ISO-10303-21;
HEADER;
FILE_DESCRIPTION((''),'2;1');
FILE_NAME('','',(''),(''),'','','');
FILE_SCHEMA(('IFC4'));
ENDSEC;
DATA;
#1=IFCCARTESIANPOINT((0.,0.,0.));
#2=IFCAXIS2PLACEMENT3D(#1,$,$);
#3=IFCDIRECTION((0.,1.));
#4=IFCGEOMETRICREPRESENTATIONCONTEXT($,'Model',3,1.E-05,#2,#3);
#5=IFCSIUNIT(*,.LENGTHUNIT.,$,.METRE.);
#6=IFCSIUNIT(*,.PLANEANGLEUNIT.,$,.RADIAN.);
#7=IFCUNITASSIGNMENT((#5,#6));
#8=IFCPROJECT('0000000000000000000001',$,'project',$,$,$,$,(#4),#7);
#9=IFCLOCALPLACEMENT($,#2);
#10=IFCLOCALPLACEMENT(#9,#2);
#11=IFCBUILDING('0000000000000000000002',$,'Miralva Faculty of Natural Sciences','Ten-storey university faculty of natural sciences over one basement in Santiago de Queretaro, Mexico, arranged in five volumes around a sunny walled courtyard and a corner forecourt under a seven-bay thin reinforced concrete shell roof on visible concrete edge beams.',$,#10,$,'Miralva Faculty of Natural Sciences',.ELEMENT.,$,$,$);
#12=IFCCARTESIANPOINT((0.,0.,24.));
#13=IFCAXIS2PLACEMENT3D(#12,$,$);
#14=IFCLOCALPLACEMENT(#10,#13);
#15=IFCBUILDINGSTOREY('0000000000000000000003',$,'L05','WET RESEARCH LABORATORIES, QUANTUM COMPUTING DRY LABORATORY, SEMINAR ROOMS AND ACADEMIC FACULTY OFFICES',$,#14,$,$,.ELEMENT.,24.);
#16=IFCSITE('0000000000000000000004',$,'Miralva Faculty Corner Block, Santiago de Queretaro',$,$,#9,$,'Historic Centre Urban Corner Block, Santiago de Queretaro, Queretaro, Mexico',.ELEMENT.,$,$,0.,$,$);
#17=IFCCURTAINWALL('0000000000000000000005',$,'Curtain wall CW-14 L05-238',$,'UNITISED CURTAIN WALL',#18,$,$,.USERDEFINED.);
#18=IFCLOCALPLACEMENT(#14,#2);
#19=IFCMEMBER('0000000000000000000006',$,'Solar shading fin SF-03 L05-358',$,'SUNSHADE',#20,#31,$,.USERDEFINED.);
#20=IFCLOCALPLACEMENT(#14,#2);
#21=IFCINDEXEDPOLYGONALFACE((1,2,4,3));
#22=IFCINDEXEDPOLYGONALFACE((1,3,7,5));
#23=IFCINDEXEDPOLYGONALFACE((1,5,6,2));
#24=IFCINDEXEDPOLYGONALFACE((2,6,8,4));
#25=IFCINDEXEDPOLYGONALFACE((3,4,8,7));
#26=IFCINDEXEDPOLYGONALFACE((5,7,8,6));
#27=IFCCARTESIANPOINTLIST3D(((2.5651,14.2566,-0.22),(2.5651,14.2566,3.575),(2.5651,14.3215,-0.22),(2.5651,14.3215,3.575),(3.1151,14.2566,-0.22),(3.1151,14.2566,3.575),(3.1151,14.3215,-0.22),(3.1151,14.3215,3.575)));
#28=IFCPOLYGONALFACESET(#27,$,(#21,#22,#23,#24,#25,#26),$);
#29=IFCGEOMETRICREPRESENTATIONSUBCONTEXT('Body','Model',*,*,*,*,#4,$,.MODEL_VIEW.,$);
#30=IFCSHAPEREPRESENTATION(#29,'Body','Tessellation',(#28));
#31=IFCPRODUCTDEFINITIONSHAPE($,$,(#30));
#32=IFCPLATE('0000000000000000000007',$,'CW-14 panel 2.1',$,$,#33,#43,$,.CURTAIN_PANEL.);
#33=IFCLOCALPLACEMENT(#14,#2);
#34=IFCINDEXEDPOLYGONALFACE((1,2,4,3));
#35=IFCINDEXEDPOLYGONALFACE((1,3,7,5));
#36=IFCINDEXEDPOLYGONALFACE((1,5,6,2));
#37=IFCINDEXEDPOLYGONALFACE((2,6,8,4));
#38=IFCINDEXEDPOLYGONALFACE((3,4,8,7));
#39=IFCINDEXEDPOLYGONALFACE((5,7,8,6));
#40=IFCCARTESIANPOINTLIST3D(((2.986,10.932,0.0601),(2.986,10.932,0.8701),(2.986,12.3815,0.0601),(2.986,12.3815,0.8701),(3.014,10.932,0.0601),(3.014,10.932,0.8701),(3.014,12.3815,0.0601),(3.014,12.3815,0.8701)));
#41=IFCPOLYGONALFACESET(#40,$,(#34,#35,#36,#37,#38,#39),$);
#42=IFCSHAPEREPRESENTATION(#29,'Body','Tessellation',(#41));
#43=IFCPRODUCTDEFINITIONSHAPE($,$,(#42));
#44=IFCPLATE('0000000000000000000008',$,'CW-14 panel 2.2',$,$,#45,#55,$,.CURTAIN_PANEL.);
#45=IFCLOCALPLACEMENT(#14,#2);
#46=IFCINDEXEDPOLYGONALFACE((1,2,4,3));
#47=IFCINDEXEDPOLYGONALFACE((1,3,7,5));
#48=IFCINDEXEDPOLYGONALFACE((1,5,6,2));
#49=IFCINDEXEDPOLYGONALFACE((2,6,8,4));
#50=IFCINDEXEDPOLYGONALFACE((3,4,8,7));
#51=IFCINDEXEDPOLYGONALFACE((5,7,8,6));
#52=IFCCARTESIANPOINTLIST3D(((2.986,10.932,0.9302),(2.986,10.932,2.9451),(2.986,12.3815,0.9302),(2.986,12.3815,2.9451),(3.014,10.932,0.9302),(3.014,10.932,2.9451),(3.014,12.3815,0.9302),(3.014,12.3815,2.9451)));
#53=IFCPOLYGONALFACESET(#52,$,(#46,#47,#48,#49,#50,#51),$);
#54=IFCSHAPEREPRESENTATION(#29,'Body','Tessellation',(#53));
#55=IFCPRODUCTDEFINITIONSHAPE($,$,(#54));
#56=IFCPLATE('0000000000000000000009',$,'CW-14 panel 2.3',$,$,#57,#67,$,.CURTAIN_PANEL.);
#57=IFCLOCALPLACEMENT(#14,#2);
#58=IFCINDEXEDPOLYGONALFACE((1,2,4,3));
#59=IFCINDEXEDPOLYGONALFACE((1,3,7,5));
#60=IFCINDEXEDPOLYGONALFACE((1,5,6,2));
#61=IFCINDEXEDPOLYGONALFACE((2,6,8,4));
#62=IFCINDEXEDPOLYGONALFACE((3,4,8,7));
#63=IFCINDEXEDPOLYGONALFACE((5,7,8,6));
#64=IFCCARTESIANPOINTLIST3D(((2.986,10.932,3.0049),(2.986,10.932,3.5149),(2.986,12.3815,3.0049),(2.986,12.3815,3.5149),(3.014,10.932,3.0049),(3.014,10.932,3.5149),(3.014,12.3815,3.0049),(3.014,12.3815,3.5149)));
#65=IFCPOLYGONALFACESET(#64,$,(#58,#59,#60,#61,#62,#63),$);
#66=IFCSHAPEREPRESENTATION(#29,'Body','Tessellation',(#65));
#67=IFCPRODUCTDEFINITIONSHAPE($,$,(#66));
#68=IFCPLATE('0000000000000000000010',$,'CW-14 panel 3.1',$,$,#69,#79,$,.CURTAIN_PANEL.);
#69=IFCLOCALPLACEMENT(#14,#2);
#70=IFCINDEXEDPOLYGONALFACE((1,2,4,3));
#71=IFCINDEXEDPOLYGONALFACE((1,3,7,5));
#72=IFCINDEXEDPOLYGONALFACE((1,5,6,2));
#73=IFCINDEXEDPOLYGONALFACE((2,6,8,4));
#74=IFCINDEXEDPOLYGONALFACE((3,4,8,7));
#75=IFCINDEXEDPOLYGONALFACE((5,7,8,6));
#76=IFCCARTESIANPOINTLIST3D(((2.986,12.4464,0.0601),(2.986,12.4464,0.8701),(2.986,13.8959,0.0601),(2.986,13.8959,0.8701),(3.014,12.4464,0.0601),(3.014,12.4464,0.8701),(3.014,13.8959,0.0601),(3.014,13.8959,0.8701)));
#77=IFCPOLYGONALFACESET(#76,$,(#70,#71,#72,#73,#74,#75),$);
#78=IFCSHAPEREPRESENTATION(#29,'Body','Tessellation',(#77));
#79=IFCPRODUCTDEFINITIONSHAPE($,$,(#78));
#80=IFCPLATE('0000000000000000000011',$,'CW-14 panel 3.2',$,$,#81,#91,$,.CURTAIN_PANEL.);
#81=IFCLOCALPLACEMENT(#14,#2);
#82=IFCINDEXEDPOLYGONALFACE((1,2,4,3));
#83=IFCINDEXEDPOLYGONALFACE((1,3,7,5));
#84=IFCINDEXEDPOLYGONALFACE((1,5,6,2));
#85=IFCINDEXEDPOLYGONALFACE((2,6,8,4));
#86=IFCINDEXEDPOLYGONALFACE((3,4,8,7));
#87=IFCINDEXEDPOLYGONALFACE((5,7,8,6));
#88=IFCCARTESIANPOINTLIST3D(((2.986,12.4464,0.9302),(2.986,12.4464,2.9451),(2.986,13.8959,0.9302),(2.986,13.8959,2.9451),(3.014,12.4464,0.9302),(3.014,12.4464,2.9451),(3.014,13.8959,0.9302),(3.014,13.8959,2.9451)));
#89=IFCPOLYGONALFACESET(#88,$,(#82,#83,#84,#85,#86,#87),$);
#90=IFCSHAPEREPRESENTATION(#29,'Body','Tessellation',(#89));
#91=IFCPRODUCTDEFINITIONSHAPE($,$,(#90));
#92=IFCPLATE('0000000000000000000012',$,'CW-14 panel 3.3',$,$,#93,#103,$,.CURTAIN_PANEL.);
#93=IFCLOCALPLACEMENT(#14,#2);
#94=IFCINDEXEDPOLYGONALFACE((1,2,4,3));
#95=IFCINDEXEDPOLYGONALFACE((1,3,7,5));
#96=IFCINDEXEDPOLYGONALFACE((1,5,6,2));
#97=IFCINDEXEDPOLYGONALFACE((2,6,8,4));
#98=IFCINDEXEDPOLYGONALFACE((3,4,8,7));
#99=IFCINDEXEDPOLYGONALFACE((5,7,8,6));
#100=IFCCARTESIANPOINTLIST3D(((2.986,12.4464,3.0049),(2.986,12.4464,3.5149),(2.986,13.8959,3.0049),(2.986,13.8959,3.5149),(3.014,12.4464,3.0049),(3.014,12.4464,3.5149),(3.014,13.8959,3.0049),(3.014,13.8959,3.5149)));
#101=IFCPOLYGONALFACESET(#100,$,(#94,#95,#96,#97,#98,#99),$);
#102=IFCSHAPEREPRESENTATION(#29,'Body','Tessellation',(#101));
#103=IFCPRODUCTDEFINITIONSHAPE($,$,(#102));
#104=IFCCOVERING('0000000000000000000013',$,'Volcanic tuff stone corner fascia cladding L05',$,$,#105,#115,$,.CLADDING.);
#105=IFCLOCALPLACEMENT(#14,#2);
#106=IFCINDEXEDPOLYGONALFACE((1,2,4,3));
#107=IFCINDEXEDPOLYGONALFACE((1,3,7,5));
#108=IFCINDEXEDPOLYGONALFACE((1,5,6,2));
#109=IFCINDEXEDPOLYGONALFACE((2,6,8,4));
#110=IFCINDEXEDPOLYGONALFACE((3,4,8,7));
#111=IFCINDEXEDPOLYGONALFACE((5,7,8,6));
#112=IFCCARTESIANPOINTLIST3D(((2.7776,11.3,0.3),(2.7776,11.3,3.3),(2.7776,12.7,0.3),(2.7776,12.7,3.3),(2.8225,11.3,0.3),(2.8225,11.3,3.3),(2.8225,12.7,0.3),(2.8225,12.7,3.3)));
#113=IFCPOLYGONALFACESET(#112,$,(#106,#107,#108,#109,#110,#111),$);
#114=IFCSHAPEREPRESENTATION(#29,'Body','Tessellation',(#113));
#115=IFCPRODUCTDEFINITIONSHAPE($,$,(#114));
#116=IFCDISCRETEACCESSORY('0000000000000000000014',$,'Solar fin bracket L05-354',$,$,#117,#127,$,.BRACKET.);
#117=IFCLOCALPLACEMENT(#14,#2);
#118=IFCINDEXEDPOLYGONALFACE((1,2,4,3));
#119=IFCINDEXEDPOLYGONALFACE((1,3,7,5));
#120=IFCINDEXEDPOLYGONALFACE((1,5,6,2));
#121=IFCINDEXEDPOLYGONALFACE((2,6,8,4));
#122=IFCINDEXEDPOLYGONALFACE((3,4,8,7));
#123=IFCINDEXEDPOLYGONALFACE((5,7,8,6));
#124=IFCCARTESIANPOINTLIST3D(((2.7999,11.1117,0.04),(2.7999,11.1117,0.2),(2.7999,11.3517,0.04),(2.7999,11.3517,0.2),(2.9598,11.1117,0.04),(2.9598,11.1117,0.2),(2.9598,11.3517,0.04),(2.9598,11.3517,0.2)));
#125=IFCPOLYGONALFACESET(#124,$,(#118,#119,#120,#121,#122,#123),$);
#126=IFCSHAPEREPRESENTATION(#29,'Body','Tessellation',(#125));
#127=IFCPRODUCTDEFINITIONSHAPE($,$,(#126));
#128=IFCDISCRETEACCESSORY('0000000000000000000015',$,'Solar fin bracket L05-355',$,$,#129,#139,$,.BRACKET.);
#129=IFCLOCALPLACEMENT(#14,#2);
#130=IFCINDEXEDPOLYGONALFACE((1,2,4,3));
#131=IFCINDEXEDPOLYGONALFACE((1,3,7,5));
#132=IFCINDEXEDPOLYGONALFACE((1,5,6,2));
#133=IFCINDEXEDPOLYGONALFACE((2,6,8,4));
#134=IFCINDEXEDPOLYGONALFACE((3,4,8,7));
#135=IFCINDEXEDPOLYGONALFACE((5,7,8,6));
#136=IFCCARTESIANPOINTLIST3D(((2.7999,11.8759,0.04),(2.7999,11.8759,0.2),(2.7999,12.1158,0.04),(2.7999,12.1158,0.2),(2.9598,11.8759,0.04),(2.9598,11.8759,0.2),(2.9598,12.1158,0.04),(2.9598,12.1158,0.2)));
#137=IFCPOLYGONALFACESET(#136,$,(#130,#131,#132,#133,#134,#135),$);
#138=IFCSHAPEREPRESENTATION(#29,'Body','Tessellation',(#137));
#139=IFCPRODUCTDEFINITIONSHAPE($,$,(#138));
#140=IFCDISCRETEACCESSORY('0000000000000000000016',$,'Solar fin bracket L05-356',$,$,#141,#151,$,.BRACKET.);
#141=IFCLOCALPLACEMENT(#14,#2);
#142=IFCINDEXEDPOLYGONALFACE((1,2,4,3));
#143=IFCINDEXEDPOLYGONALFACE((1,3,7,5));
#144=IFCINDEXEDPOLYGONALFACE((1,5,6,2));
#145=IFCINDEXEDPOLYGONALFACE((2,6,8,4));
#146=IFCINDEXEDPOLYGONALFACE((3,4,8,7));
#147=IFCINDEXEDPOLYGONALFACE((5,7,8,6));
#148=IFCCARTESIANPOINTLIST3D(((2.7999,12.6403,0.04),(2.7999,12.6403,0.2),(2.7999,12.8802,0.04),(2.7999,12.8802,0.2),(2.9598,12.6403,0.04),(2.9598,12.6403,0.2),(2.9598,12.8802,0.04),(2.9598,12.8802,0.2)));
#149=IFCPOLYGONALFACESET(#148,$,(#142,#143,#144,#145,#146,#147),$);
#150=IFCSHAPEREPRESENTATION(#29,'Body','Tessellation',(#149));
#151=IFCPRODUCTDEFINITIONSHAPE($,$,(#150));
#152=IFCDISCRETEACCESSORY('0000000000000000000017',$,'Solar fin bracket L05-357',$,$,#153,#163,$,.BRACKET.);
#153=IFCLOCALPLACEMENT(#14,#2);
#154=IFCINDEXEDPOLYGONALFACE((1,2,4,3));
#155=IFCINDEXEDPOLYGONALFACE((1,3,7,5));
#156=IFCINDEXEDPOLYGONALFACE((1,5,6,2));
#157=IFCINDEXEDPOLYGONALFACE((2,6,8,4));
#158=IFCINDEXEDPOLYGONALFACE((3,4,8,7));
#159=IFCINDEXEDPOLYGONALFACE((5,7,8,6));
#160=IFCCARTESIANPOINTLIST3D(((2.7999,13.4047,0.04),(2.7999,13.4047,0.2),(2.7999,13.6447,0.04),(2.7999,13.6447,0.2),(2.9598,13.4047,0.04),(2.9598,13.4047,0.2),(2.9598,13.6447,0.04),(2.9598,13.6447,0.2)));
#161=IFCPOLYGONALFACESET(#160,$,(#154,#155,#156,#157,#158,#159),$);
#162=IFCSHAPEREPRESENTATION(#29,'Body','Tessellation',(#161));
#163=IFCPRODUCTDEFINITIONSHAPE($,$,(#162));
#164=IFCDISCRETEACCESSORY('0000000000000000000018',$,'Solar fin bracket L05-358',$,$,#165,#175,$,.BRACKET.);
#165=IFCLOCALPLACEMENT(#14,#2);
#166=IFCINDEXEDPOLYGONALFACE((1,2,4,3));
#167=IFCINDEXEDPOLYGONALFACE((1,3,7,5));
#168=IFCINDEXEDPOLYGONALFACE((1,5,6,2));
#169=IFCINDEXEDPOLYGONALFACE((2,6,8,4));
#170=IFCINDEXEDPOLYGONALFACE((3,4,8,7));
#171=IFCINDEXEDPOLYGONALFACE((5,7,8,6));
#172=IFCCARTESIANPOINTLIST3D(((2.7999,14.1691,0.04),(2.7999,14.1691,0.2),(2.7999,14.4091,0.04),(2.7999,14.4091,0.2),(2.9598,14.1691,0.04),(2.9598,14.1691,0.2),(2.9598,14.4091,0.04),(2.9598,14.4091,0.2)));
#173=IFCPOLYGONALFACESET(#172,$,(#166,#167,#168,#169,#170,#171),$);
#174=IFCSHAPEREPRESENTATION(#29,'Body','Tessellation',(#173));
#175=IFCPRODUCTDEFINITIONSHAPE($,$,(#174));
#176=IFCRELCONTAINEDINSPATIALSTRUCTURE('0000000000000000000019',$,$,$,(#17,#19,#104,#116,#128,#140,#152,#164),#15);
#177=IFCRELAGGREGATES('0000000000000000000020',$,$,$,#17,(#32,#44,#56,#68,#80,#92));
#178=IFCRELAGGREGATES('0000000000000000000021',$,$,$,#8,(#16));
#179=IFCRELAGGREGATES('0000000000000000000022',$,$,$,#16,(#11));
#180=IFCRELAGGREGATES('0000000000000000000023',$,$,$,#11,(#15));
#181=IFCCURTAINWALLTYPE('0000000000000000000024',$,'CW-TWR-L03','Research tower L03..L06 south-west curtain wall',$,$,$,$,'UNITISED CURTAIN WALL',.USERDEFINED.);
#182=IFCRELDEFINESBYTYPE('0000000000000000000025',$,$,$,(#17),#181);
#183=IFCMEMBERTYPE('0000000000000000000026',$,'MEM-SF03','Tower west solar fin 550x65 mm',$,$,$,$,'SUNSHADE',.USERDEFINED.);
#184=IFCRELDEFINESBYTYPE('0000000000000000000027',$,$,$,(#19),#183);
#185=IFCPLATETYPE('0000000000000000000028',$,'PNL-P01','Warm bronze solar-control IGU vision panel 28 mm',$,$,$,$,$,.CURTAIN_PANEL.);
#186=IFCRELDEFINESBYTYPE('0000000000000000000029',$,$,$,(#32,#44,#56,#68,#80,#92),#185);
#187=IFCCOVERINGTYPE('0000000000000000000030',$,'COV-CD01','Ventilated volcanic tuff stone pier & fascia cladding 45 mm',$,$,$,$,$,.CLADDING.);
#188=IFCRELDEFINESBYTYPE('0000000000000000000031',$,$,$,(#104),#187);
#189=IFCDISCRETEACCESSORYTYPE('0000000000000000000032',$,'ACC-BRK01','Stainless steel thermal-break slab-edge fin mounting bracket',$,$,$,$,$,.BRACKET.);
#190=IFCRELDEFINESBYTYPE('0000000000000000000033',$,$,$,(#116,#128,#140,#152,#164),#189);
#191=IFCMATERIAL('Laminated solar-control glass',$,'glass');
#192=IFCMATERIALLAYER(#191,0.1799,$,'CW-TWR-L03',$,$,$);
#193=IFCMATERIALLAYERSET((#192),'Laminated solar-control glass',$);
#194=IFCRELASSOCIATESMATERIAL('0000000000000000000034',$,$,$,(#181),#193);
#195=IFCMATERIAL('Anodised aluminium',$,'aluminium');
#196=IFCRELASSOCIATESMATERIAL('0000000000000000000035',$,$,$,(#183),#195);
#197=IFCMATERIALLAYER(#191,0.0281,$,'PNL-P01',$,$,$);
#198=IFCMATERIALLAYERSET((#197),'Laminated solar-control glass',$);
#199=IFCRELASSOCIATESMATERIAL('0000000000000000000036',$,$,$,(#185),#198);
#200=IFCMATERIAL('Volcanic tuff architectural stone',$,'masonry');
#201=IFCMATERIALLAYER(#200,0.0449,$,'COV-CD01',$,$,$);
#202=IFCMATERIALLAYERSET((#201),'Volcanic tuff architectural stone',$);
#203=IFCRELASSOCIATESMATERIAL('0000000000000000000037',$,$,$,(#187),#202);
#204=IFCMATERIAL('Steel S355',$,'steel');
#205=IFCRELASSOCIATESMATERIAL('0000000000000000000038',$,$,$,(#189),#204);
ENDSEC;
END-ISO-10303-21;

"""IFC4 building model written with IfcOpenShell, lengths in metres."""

from ifc_helpers import new_model, si_unit, direction, frame, origin, origin_2d, place, context, subcontext, project, spatial, rectangle, extrude, material, layer, layer_set, material_profile, profile_set, type_object, element, aggregate, save


model = new_model("IFC4")

# Units and contexts
model_context = context("Model", 3, precision=1e-05, world=origin(), true_north=direction((0.0, 1.0)))
body_context = subcontext(model_context, "Body", "Model", "MODEL_VIEW")
ifc_project = project(units=[si_unit("LENGTHUNIT", "METRE"), si_unit("PLANEANGLEUNIT", "RADIAN")], contexts=[model_context])

# Site, building, storey
site_placement = place(None, origin())
site = spatial("IfcSite", under=ifc_project, at=site_placement, Name="Miralva Faculty Corner Block, Santiago de Queretaro", LongName="Historic Centre Urban Corner Block, Santiago de Queretaro, Queretaro, Mexico", CompositionType="ELEMENT", RefElevation=0.0)
building_placement = place(site_placement, origin())
building = spatial("IfcBuilding", under=site, at=building_placement, Name="Miralva Faculty of Natural Sciences", Description="Ten-storey university faculty of natural sciences over one basement in Santiago de Queretaro, Mexico, arranged in five volumes around a sunny walled courtyard and a corner forecourt under a seven-bay thin reinforced concrete shell roof on visible concrete edge beams.", LongName="Miralva Faculty of Natural Sciences", CompositionType="ELEMENT")
storey_placement = place(building_placement, frame((0.0, 0.0, 24.0)))
storey = spatial("IfcBuildingStorey", under=building, at=storey_placement, Name="L05", Description="WET RESEARCH LABORATORIES, QUANTUM COMPUTING DRY LABORATORY, SEMINAR ROOMS AND ACADEMIC FACULTY OFFICES", CompositionType="ELEMENT", Elevation=24.0)

# Curtain wall
ifc_material_1 = material(Name="Laminated solar-control glass", Category="glass")
ifc_layer_1 = layer(ifc_material_1, 0.1799, Name="CW-TWR-L03")
ifc_layer_set_1 = layer_set([ifc_layer_1], Name="Laminated solar-control glass")
curtain_wall_type = type_object("IfcCurtainWallType", Name="CW-TWR-L03", Description="Research tower L03..L06 south-west curtain wall", ElementType="UNITISED CURTAIN WALL", PredefinedType="USERDEFINED", material=ifc_layer_set_1)
curtain_wall_placement = place(storey_placement, origin())
curtain_wall = element("IfcCurtainWall", 1, at=curtain_wall_placement, inside=storey, type_object=curtain_wall_type, Name="Curtain wall CW-14 L05-238", ObjectType="UNITISED CURTAIN WALL", PredefinedType="USERDEFINED")
ifc_material_2 = material(Name="Anodised aluminium", Category="aluminium")

# Member
ifc_material_profile_1 = material_profile(ifc_material_2, rectangle(XDim=0.0649, YDim=0.55, at=origin_2d()), Name="FIN 550x65")
ifc_profile_set_1 = profile_set([ifc_material_profile_1], Name="Anodised aluminium")
member_type_1 = type_object("IfcMemberType", Name="MEM-SF03", Description="Tower west solar fin 550x65 mm", ElementType="SUNSHADE", PredefinedType="USERDEFINED", material=ifc_profile_set_1)
for number, where, z_axis, x_axis, name in (
    (2, (2.8401, 14.2891, -0.22), (0.0, 0.0, 1.0), (0.0, -1.0, 0.0), "Solar shading fin SF-03 L05-358"),
):
    element("IfcMember", number, at=place(storey_placement, frame(where, z_axis=z_axis, x_axis=x_axis)), inside=storey, type_object=member_type_1, Name=name, ObjectType="SUNSHADE", PredefinedType="USERDEFINED", context=body_context, shape_type="SweptSolid", body=[
        extrude(rectangle(XDim=0.0649, YDim=0.55, at=origin_2d()), origin(), (0.0, 0.0, 1.0), 3.7949),
    ])

# Plates
ifc_layer_2 = layer(ifc_material_1, 0.0281, Name="PNL-P01")
ifc_layer_set_2 = layer_set([ifc_layer_2], Name="Laminated solar-control glass")
plate_type = type_object("IfcPlateType", Name="PNL-P01", Description="Warm bronze solar-control IGU vision panel 28 mm", PredefinedType="CURTAIN_PANEL", material=ifc_layer_set_2)
plate_1_placement = place(storey_placement, frame((3.0, 11.6567, 0.0601), z_axis=(0.0, 0.0, 1.0), x_axis=(0.0, 1.0, 0.0)))
plate_1 = element("IfcPlate", 3, at=plate_1_placement, type_object=plate_type, Name="CW-14 panel 2.1", PredefinedType="CURTAIN_PANEL", context=body_context, shape_type="SweptSolid", body=[
    extrude(rectangle(XDim=1.4495, YDim=0.0281, at=origin_2d()), origin(), (0.0, 0.0, 1.0), 0.8101),
])
plate_2_placement = place(storey_placement, frame((3.0, 11.6567, 0.9302), z_axis=(0.0, 0.0, 1.0), x_axis=(0.0, 1.0, 0.0)))
plate_2 = element("IfcPlate", 4, at=plate_2_placement, type_object=plate_type, Name="CW-14 panel 2.2", PredefinedType="CURTAIN_PANEL", context=body_context, shape_type="SweptSolid", body=[
    extrude(rectangle(XDim=1.4495, YDim=0.0281, at=origin_2d()), origin(), (0.0, 0.0, 1.0), 2.0149),
])
plate_3_placement = place(storey_placement, frame((3.0, 11.6567, 3.0049), z_axis=(0.0, 0.0, 1.0), x_axis=(0.0, 1.0, 0.0)))
plate_3 = element("IfcPlate", 5, at=plate_3_placement, type_object=plate_type, Name="CW-14 panel 2.3", PredefinedType="CURTAIN_PANEL", context=body_context, shape_type="SweptSolid", body=[
    extrude(rectangle(XDim=1.4495, YDim=0.0281, at=origin_2d()), origin(), (0.0, 0.0, 1.0), 0.51),
])
plate_4_placement = place(storey_placement, frame((3.0, 13.1711, 0.0601), z_axis=(0.0, 0.0, 1.0), x_axis=(0.0, 1.0, 0.0)))
plate_4 = element("IfcPlate", 6, at=plate_4_placement, type_object=plate_type, Name="CW-14 panel 3.1", PredefinedType="CURTAIN_PANEL", context=body_context, shape_type="SweptSolid", body=[
    extrude(rectangle(XDim=1.4495, YDim=0.0281, at=origin_2d()), origin(), (0.0, 0.0, 1.0), 0.8101),
])
plate_5_placement = place(storey_placement, frame((3.0, 13.1711, 0.9302), z_axis=(0.0, 0.0, 1.0), x_axis=(0.0, 1.0, 0.0)))
plate_5 = element("IfcPlate", 7, at=plate_5_placement, type_object=plate_type, Name="CW-14 panel 3.2", PredefinedType="CURTAIN_PANEL", context=body_context, shape_type="SweptSolid", body=[
    extrude(rectangle(XDim=1.4495, YDim=0.0281, at=origin_2d()), origin(), (0.0, 0.0, 1.0), 2.0149),
])
plate_6_placement = place(storey_placement, frame((3.0, 13.1711, 3.0049), z_axis=(0.0, 0.0, 1.0), x_axis=(0.0, 1.0, 0.0)))
plate_6 = element("IfcPlate", 8, at=plate_6_placement, type_object=plate_type, Name="CW-14 panel 3.3", PredefinedType="CURTAIN_PANEL", context=body_context, shape_type="SweptSolid", body=[
    extrude(rectangle(XDim=1.4495, YDim=0.0281, at=origin_2d()), origin(), (0.0, 0.0, 1.0), 0.51),
])
aggregate(curtain_wall, [plate_1, plate_2, plate_3, plate_4, plate_5, plate_6])

# Covering
ifc_material_3 = material(Name="Volcanic tuff architectural stone", Category="masonry")
ifc_layer_3 = layer(ifc_material_3, 0.0449, Name="COV-CD01")
ifc_layer_set_3 = layer_set([ifc_layer_3], Name="Volcanic tuff architectural stone")
covering_type = type_object("IfcCoveringType", Name="COV-CD01", Description="Ventilated volcanic tuff stone pier & fascia cladding 45 mm", PredefinedType="CLADDING", material=ifc_layer_set_3)
covering_placement = place(storey_placement, frame((2.8, 12.0, 0.3), z_axis=(0.0, 0.0, 1.0), x_axis=(1.0, 0.0, 0.0)))
element("IfcCovering", 9, at=covering_placement, inside=storey, type_object=covering_type, Name="Volcanic tuff stone corner fascia cladding L05", PredefinedType="CLADDING", context=body_context, shape_type="SweptSolid", body=[
    extrude(rectangle(XDim=0.0449, YDim=1.3999, at=origin_2d()), origin(), (0.0, 0.0, 1.0), 3.0),
])

# Discrete accessories
ifc_material_4 = material(Name="Steel S355", Category="steel")
discrete_accessory_type = type_object("IfcDiscreteAccessoryType", Name="ACC-BRK01", Description="Stainless steel thermal-break slab-edge fin mounting bracket", PredefinedType="BRACKET", material=ifc_material_4)
for number, where, z_axis, x_axis, name in (
    (10, (2.8799, 11.2317, 0.04), (0.0, 0.0, 1.0), (-1.0, 0.0, 0.0), "Solar fin bracket L05-354"),
    (11, (2.8799, 11.9958, 0.04), (0.0, 0.0, 1.0), (-1.0, 0.0, 0.0), "Solar fin bracket L05-355"),
    (12, (2.8799, 12.7603, 0.04), (0.0, 0.0, 1.0), (-1.0, 0.0, 0.0), "Solar fin bracket L05-356"),
    (13, (2.8799, 13.5247, 0.04), (0.0, 0.0, 1.0), (-1.0, 0.0, 0.0), "Solar fin bracket L05-357"),
    (14, (2.8799, 14.2891, 0.04), (0.0, 0.0, 1.0), (-1.0, 0.0, 0.0), "Solar fin bracket L05-358"),
):
    element("IfcDiscreteAccessory", number, at=place(storey_placement, frame(where, z_axis=z_axis, x_axis=x_axis)), inside=storey, type_object=discrete_accessory_type, Name=name, PredefinedType="BRACKET", context=body_context, shape_type="SweptSolid", body=[
        extrude(rectangle(XDim=0.1599, YDim=0.24, at=origin_2d()), origin(), (0.0, 0.0, 1.0), 0.1599),
    ])

save(model, "model.ifc")
